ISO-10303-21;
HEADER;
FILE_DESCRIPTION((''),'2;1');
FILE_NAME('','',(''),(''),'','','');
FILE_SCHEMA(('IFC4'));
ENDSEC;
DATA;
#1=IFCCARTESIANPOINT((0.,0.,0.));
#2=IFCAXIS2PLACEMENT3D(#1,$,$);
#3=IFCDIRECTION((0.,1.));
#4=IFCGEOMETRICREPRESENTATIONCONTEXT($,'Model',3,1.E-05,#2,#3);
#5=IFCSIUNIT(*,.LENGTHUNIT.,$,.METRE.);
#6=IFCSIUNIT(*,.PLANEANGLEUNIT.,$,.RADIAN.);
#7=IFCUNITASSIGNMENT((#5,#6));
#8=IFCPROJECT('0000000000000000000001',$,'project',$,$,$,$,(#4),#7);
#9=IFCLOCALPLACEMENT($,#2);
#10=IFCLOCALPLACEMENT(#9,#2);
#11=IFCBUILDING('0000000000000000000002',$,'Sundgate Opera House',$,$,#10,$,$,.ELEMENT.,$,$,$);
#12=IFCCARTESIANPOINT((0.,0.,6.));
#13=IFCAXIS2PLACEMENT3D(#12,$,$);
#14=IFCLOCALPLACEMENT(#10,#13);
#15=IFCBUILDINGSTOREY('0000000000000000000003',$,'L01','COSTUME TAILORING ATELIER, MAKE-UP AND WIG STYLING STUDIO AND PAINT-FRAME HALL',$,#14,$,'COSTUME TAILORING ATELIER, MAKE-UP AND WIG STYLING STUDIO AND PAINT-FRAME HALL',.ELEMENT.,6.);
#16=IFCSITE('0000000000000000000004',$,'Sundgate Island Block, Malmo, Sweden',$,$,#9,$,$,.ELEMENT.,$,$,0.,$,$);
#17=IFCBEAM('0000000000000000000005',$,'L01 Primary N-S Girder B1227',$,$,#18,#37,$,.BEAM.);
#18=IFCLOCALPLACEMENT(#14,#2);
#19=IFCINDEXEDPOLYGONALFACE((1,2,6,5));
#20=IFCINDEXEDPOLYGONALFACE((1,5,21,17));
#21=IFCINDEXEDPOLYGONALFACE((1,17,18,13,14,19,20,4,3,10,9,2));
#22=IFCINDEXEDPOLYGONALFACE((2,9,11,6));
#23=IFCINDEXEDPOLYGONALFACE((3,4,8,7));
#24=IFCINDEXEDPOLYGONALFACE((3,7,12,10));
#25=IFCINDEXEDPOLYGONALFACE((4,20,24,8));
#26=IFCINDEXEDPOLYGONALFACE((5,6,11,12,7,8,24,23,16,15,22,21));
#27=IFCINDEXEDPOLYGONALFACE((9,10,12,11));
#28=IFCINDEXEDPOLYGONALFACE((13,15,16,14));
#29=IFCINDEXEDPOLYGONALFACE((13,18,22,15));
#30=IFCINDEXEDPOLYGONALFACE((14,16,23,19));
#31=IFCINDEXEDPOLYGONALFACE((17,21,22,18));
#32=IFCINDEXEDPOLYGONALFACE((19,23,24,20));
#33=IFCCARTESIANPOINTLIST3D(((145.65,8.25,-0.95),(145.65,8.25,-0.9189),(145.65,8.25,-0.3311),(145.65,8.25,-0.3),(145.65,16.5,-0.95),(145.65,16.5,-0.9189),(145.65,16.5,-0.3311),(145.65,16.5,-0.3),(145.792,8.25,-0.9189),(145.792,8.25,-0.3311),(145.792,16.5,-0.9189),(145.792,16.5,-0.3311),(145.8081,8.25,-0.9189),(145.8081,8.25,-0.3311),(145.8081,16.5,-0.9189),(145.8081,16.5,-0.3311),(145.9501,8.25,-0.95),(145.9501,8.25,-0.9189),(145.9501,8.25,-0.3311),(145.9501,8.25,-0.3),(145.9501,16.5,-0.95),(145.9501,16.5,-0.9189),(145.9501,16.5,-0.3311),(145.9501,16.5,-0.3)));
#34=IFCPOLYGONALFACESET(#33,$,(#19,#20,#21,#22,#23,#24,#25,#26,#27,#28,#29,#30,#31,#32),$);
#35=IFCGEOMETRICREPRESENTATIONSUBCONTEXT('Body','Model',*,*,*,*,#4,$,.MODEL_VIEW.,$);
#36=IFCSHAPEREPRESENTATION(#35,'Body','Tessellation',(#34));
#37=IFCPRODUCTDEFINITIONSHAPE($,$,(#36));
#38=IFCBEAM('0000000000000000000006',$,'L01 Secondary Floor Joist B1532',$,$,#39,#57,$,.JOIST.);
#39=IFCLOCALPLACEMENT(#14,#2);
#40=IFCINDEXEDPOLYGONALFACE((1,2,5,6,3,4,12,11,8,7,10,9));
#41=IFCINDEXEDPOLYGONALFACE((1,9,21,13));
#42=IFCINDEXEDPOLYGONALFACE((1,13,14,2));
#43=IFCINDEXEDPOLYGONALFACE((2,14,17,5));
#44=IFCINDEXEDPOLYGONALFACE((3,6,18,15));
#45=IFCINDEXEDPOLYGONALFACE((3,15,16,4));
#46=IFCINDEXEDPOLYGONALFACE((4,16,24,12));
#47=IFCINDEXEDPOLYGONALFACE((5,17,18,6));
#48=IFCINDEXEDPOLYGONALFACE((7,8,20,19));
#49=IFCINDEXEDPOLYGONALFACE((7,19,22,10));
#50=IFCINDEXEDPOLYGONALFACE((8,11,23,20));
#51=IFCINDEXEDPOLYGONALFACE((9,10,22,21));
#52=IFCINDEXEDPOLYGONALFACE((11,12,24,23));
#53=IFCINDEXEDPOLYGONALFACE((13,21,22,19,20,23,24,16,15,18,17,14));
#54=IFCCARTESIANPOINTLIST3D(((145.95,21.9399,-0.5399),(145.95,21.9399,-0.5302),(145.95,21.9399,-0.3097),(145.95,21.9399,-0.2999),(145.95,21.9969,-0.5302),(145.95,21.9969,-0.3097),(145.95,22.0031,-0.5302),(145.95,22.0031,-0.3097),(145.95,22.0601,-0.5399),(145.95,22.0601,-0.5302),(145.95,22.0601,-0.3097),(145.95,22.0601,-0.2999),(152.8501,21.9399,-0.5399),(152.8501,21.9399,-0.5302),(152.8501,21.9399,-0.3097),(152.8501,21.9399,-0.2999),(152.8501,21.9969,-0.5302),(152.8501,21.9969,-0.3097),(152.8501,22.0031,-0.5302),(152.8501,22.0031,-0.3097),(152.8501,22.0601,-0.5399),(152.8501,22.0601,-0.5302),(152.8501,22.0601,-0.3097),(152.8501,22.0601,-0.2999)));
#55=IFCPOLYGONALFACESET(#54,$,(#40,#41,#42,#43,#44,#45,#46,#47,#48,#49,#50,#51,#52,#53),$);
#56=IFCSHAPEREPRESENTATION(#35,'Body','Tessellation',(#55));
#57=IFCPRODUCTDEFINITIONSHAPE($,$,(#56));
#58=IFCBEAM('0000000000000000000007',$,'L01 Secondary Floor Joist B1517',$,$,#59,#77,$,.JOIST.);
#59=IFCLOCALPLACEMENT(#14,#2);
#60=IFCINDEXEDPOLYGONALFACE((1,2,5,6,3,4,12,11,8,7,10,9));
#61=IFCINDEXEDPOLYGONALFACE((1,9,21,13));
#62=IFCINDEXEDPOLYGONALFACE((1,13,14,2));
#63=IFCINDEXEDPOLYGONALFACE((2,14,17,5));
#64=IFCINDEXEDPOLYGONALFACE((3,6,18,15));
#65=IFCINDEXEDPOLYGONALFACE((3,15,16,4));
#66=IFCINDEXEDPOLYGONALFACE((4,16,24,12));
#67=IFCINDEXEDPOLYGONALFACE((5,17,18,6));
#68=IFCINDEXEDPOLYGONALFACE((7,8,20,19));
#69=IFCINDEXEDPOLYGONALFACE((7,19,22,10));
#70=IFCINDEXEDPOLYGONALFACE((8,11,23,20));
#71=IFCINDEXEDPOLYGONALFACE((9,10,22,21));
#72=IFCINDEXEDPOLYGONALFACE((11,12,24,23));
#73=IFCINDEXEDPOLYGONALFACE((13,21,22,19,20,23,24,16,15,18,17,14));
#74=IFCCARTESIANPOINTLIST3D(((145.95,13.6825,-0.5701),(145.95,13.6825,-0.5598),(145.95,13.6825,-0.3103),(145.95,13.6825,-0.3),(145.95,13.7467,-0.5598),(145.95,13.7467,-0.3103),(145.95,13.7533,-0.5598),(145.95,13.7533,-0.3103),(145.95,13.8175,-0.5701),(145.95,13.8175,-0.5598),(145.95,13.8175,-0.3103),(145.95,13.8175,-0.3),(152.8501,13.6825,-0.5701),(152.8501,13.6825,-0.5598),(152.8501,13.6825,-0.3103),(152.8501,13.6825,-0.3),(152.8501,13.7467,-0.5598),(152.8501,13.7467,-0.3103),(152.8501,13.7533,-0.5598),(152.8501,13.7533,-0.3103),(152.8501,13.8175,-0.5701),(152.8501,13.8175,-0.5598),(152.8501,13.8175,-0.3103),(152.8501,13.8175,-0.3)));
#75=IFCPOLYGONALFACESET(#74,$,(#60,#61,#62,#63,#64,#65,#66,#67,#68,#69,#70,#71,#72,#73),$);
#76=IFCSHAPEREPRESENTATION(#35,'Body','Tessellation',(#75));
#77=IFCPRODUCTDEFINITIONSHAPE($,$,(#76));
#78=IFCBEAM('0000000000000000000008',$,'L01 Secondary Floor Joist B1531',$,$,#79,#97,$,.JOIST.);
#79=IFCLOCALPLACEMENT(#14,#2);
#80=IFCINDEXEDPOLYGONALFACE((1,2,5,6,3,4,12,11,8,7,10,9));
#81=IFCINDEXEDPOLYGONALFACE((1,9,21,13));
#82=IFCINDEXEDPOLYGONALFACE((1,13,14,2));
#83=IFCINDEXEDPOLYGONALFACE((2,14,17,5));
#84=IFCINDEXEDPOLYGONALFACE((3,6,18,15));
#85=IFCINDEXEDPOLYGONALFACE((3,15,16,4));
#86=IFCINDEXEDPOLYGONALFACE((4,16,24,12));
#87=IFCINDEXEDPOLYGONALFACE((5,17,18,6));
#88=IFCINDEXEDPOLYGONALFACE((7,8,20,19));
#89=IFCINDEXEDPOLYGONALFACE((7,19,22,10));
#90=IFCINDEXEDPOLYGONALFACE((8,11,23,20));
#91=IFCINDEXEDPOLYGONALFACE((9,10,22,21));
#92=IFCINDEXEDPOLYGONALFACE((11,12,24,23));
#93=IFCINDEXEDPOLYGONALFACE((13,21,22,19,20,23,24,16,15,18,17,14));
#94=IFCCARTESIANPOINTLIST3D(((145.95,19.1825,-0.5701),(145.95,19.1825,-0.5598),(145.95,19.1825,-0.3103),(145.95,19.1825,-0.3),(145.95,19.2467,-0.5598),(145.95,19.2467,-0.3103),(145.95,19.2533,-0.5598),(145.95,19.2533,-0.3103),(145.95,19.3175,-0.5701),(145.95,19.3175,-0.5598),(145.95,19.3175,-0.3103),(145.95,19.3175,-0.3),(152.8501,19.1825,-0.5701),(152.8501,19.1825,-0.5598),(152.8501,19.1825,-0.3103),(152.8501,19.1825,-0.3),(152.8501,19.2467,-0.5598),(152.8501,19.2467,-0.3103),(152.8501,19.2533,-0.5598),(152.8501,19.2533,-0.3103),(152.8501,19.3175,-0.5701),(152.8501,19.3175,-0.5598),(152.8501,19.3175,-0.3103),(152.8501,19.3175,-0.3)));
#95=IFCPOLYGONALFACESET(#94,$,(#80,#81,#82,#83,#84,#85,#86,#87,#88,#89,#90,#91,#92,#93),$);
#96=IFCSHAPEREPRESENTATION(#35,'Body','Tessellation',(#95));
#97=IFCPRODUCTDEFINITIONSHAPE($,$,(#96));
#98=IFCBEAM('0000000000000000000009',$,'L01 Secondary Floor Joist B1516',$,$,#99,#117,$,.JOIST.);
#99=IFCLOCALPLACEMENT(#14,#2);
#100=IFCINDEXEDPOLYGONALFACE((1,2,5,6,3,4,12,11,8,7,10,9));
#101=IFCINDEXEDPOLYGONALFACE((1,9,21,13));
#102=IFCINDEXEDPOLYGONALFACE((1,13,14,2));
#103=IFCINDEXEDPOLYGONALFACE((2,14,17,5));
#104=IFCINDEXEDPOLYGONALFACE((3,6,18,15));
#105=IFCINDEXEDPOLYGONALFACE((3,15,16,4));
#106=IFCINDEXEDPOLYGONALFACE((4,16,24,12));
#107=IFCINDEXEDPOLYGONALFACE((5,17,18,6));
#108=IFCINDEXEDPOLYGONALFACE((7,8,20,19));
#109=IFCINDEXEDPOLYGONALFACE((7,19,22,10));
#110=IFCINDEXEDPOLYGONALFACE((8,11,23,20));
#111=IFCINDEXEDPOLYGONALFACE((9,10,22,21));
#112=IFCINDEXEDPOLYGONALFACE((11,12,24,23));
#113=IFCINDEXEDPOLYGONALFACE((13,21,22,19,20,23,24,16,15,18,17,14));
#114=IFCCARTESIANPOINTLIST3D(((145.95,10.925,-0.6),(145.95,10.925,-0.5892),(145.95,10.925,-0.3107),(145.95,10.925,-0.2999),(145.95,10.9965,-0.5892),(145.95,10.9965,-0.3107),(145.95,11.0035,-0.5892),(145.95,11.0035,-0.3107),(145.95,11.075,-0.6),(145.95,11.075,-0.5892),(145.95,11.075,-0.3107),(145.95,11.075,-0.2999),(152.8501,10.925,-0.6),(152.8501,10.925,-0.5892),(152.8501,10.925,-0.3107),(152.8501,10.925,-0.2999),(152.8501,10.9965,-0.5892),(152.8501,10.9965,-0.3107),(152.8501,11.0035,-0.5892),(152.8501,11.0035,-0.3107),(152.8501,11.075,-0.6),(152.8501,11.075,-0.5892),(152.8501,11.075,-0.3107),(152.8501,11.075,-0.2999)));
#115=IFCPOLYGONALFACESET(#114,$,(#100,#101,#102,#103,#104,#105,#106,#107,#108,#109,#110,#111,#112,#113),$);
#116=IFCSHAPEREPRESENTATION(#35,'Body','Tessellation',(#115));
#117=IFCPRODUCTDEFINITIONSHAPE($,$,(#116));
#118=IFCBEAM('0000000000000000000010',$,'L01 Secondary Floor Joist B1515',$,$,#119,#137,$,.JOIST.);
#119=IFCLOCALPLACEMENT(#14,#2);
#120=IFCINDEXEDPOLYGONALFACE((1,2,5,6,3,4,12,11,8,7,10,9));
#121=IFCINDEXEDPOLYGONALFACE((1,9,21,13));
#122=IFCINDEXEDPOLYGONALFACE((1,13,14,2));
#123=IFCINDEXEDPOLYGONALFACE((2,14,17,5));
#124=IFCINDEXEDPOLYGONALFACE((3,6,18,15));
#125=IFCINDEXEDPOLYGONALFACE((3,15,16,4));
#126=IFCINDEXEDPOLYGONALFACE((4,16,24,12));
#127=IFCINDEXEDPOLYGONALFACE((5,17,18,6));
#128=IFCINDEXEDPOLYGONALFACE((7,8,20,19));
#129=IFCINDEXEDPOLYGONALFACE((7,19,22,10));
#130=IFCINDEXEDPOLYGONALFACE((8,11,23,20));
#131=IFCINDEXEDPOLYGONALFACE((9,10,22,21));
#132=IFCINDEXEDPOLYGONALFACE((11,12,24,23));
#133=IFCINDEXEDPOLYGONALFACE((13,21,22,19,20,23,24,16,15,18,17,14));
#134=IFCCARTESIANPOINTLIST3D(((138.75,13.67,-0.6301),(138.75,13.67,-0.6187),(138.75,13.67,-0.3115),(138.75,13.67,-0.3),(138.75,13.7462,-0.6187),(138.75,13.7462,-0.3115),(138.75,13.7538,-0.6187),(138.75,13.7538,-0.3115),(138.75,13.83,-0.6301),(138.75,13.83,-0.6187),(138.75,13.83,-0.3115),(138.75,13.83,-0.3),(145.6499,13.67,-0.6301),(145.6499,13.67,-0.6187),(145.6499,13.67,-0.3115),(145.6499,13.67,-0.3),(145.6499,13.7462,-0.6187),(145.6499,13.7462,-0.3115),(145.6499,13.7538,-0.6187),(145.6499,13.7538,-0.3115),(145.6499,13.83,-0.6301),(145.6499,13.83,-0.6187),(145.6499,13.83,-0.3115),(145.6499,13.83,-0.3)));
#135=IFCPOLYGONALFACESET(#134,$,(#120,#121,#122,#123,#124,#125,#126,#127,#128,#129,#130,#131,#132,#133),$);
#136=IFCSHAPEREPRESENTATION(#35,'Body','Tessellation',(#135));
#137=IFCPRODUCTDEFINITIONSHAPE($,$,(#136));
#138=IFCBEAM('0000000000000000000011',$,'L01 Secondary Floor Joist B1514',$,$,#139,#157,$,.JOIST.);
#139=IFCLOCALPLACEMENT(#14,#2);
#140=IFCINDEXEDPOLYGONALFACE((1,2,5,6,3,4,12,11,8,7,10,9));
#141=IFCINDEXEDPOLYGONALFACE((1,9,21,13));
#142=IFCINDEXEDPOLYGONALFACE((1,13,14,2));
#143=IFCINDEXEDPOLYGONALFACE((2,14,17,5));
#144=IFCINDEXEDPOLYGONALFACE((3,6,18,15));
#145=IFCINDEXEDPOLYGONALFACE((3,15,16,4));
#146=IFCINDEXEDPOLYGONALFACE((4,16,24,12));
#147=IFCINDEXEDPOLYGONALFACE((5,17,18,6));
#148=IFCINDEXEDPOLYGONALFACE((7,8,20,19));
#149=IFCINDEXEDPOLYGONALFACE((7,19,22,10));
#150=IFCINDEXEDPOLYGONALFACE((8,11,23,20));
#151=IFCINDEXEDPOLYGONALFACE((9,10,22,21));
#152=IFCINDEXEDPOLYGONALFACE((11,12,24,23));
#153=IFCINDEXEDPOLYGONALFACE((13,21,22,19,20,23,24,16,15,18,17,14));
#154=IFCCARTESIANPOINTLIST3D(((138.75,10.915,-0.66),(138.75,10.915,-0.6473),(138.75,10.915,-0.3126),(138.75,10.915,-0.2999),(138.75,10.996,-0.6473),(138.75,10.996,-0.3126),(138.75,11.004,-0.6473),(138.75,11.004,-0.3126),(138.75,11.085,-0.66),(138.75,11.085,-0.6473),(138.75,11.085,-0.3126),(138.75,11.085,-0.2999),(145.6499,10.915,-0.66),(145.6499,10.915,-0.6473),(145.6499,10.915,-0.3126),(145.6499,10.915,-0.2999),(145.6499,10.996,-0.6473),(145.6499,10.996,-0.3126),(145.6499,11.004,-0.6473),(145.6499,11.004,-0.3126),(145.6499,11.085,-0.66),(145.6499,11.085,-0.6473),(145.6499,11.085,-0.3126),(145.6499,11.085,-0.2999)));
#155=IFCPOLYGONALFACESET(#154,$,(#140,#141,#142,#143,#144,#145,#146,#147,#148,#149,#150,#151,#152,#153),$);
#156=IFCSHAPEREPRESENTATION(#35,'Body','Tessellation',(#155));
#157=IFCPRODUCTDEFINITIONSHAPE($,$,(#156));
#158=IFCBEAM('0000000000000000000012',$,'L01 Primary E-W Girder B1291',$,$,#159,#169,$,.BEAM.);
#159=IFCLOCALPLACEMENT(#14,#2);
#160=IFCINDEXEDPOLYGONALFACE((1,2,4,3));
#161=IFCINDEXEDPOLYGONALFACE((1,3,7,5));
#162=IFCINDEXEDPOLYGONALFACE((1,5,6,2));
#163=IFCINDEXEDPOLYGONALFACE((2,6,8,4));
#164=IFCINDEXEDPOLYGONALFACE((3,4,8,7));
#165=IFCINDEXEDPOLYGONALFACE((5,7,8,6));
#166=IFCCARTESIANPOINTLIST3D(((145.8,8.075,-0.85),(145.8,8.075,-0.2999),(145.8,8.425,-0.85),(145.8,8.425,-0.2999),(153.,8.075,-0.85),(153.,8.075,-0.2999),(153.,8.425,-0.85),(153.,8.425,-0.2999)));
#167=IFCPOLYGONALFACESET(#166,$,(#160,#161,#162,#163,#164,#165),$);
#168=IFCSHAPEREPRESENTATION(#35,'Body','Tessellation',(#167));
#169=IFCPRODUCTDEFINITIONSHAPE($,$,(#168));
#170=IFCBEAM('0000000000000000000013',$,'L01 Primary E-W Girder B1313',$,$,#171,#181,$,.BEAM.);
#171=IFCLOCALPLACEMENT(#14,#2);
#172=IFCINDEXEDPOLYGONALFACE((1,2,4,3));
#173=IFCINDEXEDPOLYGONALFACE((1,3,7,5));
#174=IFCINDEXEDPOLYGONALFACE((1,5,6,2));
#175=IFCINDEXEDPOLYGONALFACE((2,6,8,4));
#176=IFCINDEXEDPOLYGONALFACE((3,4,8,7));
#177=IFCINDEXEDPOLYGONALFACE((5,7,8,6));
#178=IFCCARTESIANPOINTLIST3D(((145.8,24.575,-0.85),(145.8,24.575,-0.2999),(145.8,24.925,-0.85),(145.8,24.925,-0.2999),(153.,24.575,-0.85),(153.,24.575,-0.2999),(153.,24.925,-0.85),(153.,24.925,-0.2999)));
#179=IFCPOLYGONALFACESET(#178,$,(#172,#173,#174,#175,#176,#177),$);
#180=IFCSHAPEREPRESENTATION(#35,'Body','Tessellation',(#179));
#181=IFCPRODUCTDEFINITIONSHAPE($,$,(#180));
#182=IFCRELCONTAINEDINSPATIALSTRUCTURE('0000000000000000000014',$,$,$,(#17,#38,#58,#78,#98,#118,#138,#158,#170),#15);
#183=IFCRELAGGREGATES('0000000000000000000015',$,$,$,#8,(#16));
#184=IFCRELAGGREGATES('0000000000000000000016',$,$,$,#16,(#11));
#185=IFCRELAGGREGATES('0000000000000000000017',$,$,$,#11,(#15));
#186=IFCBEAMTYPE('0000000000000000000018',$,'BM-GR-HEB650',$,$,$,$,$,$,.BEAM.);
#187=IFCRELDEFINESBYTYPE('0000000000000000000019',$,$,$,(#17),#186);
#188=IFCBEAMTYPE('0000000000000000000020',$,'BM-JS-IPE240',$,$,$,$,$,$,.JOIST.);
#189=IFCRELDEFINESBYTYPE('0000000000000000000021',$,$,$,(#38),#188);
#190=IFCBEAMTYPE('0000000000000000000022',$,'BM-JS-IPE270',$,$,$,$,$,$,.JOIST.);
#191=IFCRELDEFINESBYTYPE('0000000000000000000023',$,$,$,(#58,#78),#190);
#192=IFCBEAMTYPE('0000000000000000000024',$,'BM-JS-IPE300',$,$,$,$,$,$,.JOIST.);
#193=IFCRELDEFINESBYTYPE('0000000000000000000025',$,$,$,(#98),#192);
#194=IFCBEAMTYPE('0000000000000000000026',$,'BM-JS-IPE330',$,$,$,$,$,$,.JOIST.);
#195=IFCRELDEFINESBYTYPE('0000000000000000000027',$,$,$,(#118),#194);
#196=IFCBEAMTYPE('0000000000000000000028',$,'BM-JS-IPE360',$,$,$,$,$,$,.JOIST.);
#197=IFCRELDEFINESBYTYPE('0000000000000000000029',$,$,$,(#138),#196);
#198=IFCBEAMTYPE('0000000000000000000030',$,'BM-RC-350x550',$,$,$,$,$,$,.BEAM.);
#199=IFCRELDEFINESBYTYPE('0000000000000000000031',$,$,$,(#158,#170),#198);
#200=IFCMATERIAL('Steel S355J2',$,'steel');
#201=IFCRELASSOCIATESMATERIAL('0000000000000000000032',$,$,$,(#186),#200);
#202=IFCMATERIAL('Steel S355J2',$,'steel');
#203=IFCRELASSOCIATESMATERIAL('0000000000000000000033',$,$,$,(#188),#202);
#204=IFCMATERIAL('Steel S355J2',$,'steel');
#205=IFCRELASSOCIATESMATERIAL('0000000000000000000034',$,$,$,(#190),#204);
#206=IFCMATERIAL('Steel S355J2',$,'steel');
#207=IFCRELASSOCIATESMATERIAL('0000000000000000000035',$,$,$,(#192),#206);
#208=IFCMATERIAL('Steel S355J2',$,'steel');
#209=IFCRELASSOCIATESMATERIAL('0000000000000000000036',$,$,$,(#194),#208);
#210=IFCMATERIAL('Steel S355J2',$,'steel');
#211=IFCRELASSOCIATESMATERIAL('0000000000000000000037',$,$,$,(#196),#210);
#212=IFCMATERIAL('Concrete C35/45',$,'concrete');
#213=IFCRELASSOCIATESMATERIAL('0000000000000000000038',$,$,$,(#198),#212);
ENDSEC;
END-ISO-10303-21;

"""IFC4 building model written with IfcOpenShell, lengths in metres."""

from ifc_helpers import new_model, si_unit, direction, frame, origin, origin_2d, place, context, subcontext, project, spatial, rectangle, i_section, extrude, material, material_profile, profile_set, type_object, element, save


model = new_model("IFC4")

# Units and contexts
model_context = context("Model", 3, precision=1e-05, world=origin(), true_north=direction((0.0, 1.0)))
body_context = subcontext(model_context, "Body", "Model", "MODEL_VIEW")
ifc_project = project(units=[si_unit("LENGTHUNIT", "METRE"), si_unit("PLANEANGLEUNIT", "RADIAN")], contexts=[model_context])

# Site, building, storey
site_placement = place(None, origin())
site = spatial("IfcSite", under=ifc_project, at=site_placement, Name="Sundgate Island Block, Malmo, Sweden", CompositionType="ELEMENT", RefElevation=0.0)
building_placement = place(site_placement, origin())
building = spatial("IfcBuilding", under=site, at=building_placement, Name="Sundgate Opera House", CompositionType="ELEMENT")
storey_placement = place(building_placement, frame((0.0, 0.0, 6.0)))
storey = spatial("IfcBuildingStorey", under=building, at=storey_placement, Name="L01", Description="COSTUME TAILORING ATELIER, MAKE-UP AND WIG STYLING STUDIO AND PAINT-FRAME HALL", LongName="COSTUME TAILORING ATELIER, MAKE-UP AND WIG STYLING STUDIO AND PAINT-FRAME HALL", CompositionType="ELEMENT", Elevation=6.0)

# Beams
ifc_material_1 = material(Name="Steel S355J2", Category="steel")
ifc_material_profile_1 = material_profile(ifc_material_1, i_section(OverallWidth=0.3, OverallDepth=0.6499, WebThickness=0.0161, FlangeThickness=0.031, at=origin_2d()), Name="HEB 650")
ifc_profile_set_1 = profile_set([ifc_material_profile_1], Name="Steel S355J2")
beam_type_1 = type_object("IfcBeamType", Name="BM-GR-HEB650", PredefinedType="BEAM", material=ifc_profile_set_1)
beam_1_placement = place(storey_placement, frame((145.8, 8.25, -0.625), z_axis=(0.0, 1.0, 0.0), x_axis=(-1.0, 0.0, 0.0)))
element("IfcBeam", 1, at=beam_1_placement, inside=storey, type_object=beam_type_1, Name="L01 Primary N-S Girder B1227", PredefinedType="BEAM", context=body_context, shape_type="SweptSolid", body=[
    extrude(i_section(OverallWidth=0.3, OverallDepth=0.6499, WebThickness=0.0161, FlangeThickness=0.031, at=origin_2d()), origin(), (0.0, 0.0, 1.0), 8.25),
])
ifc_material_2 = material(Name="Steel S355J2", Category="steel")
ifc_material_profile_2 = material_profile(ifc_material_2, i_section(OverallWidth=0.1201, OverallDepth=0.24, WebThickness=0.0061, FlangeThickness=0.0098, at=origin_2d()), Name="IPE 240")
ifc_profile_set_2 = profile_set([ifc_material_profile_2], Name="Steel S355J2")
beam_type_2 = type_object("IfcBeamType", Name="BM-JS-IPE240", PredefinedType="JOIST", material=ifc_profile_set_2)
beam_2_placement = place(storey_placement, frame((145.95, 22.0, -0.4199), z_axis=(1.0, 0.0, 0.0), x_axis=(0.0, 1.0, 0.0)))
element("IfcBeam", 2, at=beam_2_placement, inside=storey, type_object=beam_type_2, Name="L01 Secondary Floor Joist B1532", PredefinedType="JOIST", context=body_context, shape_type="SweptSolid", body=[
    extrude(i_section(OverallWidth=0.1201, OverallDepth=0.24, WebThickness=0.0061, FlangeThickness=0.0098, at=origin_2d()), origin(), (0.0, 0.0, 1.0), 6.9001),
])
ifc_material_3 = material(Name="Steel S355J2", Category="steel")
ifc_material_profile_3 = material_profile(ifc_material_3, i_section(OverallWidth=0.135, OverallDepth=0.27, WebThickness=0.0066, FlangeThickness=0.0103, at=origin_2d()), Name="IPE 270")
ifc_profile_set_3 = profile_set([ifc_material_profile_3], Name="Steel S355J2")
beam_type_3 = type_object("IfcBeamType", Name="BM-JS-IPE270", PredefinedType="JOIST", material=ifc_profile_set_3)
for number, where, z_axis, x_axis, name in (
    (3, (145.95, 13.75, -0.4351), (1.0, 0.0, 0.0), (0.0, 1.0, 0.0), "L01 Secondary Floor Joist B1517"),
    (4, (145.95, 19.25, -0.4351), (1.0, 0.0, 0.0), (0.0, 1.0, 0.0), "L01 Secondary Floor Joist B1531"),
):
    element("IfcBeam", number, at=place(storey_placement, frame(where, z_axis=z_axis, x_axis=x_axis)), inside=storey, type_object=beam_type_3, Name=name, PredefinedType="JOIST", context=body_context, shape_type="SweptSolid", body=[
        extrude(i_section(OverallWidth=0.135, OverallDepth=0.27, WebThickness=0.0066, FlangeThickness=0.0103, at=origin_2d()), origin(), (0.0, 0.0, 1.0), 6.9001),
    ])
ifc_material_4 = material(Name="Steel S355J2", Category="steel")
ifc_material_profile_4 = material_profile(ifc_material_4, i_section(OverallWidth=0.1499, OverallDepth=0.3, WebThickness=0.0071, FlangeThickness=0.0107, at=origin_2d()), Name="IPE 300")
ifc_profile_set_4 = profile_set([ifc_material_profile_4], Name="Steel S355J2")
beam_type_4 = type_object("IfcBeamType", Name="BM-JS-IPE300", PredefinedType="JOIST", material=ifc_profile_set_4)
beam_3_placement = place(storey_placement, frame((145.95, 11.0, -0.45), z_axis=(1.0, 0.0, 0.0), x_axis=(0.0, 1.0, 0.0)))
element("IfcBeam", 5, at=beam_3_placement, inside=storey, type_object=beam_type_4, Name="L01 Secondary Floor Joist B1516", PredefinedType="JOIST", context=body_context, shape_type="SweptSolid", body=[
    extrude(i_section(OverallWidth=0.1499, OverallDepth=0.3, WebThickness=0.0071, FlangeThickness=0.0107, at=origin_2d()), origin(), (0.0, 0.0, 1.0), 6.9001),
])
ifc_material_5 = material(Name="Steel S355J2", Category="steel")
ifc_material_profile_5 = material_profile(ifc_material_5, i_section(OverallWidth=0.1599, OverallDepth=0.3301, WebThickness=0.0076, FlangeThickness=0.0115, at=origin_2d()), Name="IPE 330")
ifc_profile_set_5 = profile_set([ifc_material_profile_5], Name="Steel S355J2")
beam_type_5 = type_object("IfcBeamType", Name="BM-JS-IPE330", PredefinedType="JOIST", material=ifc_profile_set_5)
beam_4_placement = place(storey_placement, frame((138.75, 13.75, -0.4651), z_axis=(1.0, 0.0, 0.0), x_axis=(0.0, 1.0, 0.0)))
element("IfcBeam", 6, at=beam_4_placement, inside=storey, type_object=beam_type_5, Name="L01 Secondary Floor Joist B1515", PredefinedType="JOIST", context=body_context, shape_type="SweptSolid", body=[
    extrude(i_section(OverallWidth=0.1599, OverallDepth=0.3301, WebThickness=0.0076, FlangeThickness=0.0115, at=origin_2d()), origin(), (0.0, 0.0, 1.0), 6.8999),
])
ifc_material_6 = material(Name="Steel S355J2", Category="steel")
ifc_material_profile_6 = material_profile(ifc_material_6, i_section(OverallWidth=0.1699, OverallDepth=0.3601, WebThickness=0.0081, FlangeThickness=0.0127, at=origin_2d()), Name="IPE 360")
ifc_profile_set_6 = profile_set([ifc_material_profile_6], Name="Steel S355J2")
beam_type_6 = type_object("IfcBeamType", Name="BM-JS-IPE360", PredefinedType="JOIST", material=ifc_profile_set_6)
beam_5_placement = place(storey_placement, frame((138.75, 11.0, -0.48), z_axis=(1.0, 0.0, 0.0), x_axis=(0.0, 1.0, 0.0)))
element("IfcBeam", 7, at=beam_5_placement, inside=storey, type_object=beam_type_6, Name="L01 Secondary Floor Joist B1514", PredefinedType="JOIST", context=body_context, shape_type="SweptSolid", body=[
    extrude(i_section(OverallWidth=0.1699, OverallDepth=0.3601, WebThickness=0.0081, FlangeThickness=0.0127, at=origin_2d()), origin(), (0.0, 0.0, 1.0), 6.8999),
])
ifc_material_7 = material(Name="Concrete C35/45", Category="concrete")
ifc_material_profile_7 = material_profile(ifc_material_7, rectangle(XDim=0.3501, YDim=0.55, at=origin_2d()), Name="RC 350x550")
ifc_profile_set_7 = profile_set([ifc_material_profile_7], Name="Concrete C35/45")
beam_type_7 = type_object("IfcBeamType", Name="BM-RC-350x550", PredefinedType="BEAM", material=ifc_profile_set_7)
for number, where, z_axis, x_axis, name in (
    (8, (145.8, 8.25, -0.575), (1.0, 0.0, 0.0), (0.0, 1.0, 0.0), "L01 Primary E-W Girder B1291"),
    (9, (145.8, 24.75, -0.575), (1.0, 0.0, 0.0), (0.0, 1.0, 0.0), "L01 Primary E-W Girder B1313"),
):
    element("IfcBeam", number, at=place(storey_placement, frame(where, z_axis=z_axis, x_axis=x_axis)), inside=storey, type_object=beam_type_7, Name=name, PredefinedType="BEAM", context=body_context, shape_type="SweptSolid", body=[
        extrude(rectangle(XDim=0.3501, YDim=0.55, at=origin_2d()), origin(), (0.0, 0.0, 1.0), 7.2),
    ])

save(model, "model.ifc")
